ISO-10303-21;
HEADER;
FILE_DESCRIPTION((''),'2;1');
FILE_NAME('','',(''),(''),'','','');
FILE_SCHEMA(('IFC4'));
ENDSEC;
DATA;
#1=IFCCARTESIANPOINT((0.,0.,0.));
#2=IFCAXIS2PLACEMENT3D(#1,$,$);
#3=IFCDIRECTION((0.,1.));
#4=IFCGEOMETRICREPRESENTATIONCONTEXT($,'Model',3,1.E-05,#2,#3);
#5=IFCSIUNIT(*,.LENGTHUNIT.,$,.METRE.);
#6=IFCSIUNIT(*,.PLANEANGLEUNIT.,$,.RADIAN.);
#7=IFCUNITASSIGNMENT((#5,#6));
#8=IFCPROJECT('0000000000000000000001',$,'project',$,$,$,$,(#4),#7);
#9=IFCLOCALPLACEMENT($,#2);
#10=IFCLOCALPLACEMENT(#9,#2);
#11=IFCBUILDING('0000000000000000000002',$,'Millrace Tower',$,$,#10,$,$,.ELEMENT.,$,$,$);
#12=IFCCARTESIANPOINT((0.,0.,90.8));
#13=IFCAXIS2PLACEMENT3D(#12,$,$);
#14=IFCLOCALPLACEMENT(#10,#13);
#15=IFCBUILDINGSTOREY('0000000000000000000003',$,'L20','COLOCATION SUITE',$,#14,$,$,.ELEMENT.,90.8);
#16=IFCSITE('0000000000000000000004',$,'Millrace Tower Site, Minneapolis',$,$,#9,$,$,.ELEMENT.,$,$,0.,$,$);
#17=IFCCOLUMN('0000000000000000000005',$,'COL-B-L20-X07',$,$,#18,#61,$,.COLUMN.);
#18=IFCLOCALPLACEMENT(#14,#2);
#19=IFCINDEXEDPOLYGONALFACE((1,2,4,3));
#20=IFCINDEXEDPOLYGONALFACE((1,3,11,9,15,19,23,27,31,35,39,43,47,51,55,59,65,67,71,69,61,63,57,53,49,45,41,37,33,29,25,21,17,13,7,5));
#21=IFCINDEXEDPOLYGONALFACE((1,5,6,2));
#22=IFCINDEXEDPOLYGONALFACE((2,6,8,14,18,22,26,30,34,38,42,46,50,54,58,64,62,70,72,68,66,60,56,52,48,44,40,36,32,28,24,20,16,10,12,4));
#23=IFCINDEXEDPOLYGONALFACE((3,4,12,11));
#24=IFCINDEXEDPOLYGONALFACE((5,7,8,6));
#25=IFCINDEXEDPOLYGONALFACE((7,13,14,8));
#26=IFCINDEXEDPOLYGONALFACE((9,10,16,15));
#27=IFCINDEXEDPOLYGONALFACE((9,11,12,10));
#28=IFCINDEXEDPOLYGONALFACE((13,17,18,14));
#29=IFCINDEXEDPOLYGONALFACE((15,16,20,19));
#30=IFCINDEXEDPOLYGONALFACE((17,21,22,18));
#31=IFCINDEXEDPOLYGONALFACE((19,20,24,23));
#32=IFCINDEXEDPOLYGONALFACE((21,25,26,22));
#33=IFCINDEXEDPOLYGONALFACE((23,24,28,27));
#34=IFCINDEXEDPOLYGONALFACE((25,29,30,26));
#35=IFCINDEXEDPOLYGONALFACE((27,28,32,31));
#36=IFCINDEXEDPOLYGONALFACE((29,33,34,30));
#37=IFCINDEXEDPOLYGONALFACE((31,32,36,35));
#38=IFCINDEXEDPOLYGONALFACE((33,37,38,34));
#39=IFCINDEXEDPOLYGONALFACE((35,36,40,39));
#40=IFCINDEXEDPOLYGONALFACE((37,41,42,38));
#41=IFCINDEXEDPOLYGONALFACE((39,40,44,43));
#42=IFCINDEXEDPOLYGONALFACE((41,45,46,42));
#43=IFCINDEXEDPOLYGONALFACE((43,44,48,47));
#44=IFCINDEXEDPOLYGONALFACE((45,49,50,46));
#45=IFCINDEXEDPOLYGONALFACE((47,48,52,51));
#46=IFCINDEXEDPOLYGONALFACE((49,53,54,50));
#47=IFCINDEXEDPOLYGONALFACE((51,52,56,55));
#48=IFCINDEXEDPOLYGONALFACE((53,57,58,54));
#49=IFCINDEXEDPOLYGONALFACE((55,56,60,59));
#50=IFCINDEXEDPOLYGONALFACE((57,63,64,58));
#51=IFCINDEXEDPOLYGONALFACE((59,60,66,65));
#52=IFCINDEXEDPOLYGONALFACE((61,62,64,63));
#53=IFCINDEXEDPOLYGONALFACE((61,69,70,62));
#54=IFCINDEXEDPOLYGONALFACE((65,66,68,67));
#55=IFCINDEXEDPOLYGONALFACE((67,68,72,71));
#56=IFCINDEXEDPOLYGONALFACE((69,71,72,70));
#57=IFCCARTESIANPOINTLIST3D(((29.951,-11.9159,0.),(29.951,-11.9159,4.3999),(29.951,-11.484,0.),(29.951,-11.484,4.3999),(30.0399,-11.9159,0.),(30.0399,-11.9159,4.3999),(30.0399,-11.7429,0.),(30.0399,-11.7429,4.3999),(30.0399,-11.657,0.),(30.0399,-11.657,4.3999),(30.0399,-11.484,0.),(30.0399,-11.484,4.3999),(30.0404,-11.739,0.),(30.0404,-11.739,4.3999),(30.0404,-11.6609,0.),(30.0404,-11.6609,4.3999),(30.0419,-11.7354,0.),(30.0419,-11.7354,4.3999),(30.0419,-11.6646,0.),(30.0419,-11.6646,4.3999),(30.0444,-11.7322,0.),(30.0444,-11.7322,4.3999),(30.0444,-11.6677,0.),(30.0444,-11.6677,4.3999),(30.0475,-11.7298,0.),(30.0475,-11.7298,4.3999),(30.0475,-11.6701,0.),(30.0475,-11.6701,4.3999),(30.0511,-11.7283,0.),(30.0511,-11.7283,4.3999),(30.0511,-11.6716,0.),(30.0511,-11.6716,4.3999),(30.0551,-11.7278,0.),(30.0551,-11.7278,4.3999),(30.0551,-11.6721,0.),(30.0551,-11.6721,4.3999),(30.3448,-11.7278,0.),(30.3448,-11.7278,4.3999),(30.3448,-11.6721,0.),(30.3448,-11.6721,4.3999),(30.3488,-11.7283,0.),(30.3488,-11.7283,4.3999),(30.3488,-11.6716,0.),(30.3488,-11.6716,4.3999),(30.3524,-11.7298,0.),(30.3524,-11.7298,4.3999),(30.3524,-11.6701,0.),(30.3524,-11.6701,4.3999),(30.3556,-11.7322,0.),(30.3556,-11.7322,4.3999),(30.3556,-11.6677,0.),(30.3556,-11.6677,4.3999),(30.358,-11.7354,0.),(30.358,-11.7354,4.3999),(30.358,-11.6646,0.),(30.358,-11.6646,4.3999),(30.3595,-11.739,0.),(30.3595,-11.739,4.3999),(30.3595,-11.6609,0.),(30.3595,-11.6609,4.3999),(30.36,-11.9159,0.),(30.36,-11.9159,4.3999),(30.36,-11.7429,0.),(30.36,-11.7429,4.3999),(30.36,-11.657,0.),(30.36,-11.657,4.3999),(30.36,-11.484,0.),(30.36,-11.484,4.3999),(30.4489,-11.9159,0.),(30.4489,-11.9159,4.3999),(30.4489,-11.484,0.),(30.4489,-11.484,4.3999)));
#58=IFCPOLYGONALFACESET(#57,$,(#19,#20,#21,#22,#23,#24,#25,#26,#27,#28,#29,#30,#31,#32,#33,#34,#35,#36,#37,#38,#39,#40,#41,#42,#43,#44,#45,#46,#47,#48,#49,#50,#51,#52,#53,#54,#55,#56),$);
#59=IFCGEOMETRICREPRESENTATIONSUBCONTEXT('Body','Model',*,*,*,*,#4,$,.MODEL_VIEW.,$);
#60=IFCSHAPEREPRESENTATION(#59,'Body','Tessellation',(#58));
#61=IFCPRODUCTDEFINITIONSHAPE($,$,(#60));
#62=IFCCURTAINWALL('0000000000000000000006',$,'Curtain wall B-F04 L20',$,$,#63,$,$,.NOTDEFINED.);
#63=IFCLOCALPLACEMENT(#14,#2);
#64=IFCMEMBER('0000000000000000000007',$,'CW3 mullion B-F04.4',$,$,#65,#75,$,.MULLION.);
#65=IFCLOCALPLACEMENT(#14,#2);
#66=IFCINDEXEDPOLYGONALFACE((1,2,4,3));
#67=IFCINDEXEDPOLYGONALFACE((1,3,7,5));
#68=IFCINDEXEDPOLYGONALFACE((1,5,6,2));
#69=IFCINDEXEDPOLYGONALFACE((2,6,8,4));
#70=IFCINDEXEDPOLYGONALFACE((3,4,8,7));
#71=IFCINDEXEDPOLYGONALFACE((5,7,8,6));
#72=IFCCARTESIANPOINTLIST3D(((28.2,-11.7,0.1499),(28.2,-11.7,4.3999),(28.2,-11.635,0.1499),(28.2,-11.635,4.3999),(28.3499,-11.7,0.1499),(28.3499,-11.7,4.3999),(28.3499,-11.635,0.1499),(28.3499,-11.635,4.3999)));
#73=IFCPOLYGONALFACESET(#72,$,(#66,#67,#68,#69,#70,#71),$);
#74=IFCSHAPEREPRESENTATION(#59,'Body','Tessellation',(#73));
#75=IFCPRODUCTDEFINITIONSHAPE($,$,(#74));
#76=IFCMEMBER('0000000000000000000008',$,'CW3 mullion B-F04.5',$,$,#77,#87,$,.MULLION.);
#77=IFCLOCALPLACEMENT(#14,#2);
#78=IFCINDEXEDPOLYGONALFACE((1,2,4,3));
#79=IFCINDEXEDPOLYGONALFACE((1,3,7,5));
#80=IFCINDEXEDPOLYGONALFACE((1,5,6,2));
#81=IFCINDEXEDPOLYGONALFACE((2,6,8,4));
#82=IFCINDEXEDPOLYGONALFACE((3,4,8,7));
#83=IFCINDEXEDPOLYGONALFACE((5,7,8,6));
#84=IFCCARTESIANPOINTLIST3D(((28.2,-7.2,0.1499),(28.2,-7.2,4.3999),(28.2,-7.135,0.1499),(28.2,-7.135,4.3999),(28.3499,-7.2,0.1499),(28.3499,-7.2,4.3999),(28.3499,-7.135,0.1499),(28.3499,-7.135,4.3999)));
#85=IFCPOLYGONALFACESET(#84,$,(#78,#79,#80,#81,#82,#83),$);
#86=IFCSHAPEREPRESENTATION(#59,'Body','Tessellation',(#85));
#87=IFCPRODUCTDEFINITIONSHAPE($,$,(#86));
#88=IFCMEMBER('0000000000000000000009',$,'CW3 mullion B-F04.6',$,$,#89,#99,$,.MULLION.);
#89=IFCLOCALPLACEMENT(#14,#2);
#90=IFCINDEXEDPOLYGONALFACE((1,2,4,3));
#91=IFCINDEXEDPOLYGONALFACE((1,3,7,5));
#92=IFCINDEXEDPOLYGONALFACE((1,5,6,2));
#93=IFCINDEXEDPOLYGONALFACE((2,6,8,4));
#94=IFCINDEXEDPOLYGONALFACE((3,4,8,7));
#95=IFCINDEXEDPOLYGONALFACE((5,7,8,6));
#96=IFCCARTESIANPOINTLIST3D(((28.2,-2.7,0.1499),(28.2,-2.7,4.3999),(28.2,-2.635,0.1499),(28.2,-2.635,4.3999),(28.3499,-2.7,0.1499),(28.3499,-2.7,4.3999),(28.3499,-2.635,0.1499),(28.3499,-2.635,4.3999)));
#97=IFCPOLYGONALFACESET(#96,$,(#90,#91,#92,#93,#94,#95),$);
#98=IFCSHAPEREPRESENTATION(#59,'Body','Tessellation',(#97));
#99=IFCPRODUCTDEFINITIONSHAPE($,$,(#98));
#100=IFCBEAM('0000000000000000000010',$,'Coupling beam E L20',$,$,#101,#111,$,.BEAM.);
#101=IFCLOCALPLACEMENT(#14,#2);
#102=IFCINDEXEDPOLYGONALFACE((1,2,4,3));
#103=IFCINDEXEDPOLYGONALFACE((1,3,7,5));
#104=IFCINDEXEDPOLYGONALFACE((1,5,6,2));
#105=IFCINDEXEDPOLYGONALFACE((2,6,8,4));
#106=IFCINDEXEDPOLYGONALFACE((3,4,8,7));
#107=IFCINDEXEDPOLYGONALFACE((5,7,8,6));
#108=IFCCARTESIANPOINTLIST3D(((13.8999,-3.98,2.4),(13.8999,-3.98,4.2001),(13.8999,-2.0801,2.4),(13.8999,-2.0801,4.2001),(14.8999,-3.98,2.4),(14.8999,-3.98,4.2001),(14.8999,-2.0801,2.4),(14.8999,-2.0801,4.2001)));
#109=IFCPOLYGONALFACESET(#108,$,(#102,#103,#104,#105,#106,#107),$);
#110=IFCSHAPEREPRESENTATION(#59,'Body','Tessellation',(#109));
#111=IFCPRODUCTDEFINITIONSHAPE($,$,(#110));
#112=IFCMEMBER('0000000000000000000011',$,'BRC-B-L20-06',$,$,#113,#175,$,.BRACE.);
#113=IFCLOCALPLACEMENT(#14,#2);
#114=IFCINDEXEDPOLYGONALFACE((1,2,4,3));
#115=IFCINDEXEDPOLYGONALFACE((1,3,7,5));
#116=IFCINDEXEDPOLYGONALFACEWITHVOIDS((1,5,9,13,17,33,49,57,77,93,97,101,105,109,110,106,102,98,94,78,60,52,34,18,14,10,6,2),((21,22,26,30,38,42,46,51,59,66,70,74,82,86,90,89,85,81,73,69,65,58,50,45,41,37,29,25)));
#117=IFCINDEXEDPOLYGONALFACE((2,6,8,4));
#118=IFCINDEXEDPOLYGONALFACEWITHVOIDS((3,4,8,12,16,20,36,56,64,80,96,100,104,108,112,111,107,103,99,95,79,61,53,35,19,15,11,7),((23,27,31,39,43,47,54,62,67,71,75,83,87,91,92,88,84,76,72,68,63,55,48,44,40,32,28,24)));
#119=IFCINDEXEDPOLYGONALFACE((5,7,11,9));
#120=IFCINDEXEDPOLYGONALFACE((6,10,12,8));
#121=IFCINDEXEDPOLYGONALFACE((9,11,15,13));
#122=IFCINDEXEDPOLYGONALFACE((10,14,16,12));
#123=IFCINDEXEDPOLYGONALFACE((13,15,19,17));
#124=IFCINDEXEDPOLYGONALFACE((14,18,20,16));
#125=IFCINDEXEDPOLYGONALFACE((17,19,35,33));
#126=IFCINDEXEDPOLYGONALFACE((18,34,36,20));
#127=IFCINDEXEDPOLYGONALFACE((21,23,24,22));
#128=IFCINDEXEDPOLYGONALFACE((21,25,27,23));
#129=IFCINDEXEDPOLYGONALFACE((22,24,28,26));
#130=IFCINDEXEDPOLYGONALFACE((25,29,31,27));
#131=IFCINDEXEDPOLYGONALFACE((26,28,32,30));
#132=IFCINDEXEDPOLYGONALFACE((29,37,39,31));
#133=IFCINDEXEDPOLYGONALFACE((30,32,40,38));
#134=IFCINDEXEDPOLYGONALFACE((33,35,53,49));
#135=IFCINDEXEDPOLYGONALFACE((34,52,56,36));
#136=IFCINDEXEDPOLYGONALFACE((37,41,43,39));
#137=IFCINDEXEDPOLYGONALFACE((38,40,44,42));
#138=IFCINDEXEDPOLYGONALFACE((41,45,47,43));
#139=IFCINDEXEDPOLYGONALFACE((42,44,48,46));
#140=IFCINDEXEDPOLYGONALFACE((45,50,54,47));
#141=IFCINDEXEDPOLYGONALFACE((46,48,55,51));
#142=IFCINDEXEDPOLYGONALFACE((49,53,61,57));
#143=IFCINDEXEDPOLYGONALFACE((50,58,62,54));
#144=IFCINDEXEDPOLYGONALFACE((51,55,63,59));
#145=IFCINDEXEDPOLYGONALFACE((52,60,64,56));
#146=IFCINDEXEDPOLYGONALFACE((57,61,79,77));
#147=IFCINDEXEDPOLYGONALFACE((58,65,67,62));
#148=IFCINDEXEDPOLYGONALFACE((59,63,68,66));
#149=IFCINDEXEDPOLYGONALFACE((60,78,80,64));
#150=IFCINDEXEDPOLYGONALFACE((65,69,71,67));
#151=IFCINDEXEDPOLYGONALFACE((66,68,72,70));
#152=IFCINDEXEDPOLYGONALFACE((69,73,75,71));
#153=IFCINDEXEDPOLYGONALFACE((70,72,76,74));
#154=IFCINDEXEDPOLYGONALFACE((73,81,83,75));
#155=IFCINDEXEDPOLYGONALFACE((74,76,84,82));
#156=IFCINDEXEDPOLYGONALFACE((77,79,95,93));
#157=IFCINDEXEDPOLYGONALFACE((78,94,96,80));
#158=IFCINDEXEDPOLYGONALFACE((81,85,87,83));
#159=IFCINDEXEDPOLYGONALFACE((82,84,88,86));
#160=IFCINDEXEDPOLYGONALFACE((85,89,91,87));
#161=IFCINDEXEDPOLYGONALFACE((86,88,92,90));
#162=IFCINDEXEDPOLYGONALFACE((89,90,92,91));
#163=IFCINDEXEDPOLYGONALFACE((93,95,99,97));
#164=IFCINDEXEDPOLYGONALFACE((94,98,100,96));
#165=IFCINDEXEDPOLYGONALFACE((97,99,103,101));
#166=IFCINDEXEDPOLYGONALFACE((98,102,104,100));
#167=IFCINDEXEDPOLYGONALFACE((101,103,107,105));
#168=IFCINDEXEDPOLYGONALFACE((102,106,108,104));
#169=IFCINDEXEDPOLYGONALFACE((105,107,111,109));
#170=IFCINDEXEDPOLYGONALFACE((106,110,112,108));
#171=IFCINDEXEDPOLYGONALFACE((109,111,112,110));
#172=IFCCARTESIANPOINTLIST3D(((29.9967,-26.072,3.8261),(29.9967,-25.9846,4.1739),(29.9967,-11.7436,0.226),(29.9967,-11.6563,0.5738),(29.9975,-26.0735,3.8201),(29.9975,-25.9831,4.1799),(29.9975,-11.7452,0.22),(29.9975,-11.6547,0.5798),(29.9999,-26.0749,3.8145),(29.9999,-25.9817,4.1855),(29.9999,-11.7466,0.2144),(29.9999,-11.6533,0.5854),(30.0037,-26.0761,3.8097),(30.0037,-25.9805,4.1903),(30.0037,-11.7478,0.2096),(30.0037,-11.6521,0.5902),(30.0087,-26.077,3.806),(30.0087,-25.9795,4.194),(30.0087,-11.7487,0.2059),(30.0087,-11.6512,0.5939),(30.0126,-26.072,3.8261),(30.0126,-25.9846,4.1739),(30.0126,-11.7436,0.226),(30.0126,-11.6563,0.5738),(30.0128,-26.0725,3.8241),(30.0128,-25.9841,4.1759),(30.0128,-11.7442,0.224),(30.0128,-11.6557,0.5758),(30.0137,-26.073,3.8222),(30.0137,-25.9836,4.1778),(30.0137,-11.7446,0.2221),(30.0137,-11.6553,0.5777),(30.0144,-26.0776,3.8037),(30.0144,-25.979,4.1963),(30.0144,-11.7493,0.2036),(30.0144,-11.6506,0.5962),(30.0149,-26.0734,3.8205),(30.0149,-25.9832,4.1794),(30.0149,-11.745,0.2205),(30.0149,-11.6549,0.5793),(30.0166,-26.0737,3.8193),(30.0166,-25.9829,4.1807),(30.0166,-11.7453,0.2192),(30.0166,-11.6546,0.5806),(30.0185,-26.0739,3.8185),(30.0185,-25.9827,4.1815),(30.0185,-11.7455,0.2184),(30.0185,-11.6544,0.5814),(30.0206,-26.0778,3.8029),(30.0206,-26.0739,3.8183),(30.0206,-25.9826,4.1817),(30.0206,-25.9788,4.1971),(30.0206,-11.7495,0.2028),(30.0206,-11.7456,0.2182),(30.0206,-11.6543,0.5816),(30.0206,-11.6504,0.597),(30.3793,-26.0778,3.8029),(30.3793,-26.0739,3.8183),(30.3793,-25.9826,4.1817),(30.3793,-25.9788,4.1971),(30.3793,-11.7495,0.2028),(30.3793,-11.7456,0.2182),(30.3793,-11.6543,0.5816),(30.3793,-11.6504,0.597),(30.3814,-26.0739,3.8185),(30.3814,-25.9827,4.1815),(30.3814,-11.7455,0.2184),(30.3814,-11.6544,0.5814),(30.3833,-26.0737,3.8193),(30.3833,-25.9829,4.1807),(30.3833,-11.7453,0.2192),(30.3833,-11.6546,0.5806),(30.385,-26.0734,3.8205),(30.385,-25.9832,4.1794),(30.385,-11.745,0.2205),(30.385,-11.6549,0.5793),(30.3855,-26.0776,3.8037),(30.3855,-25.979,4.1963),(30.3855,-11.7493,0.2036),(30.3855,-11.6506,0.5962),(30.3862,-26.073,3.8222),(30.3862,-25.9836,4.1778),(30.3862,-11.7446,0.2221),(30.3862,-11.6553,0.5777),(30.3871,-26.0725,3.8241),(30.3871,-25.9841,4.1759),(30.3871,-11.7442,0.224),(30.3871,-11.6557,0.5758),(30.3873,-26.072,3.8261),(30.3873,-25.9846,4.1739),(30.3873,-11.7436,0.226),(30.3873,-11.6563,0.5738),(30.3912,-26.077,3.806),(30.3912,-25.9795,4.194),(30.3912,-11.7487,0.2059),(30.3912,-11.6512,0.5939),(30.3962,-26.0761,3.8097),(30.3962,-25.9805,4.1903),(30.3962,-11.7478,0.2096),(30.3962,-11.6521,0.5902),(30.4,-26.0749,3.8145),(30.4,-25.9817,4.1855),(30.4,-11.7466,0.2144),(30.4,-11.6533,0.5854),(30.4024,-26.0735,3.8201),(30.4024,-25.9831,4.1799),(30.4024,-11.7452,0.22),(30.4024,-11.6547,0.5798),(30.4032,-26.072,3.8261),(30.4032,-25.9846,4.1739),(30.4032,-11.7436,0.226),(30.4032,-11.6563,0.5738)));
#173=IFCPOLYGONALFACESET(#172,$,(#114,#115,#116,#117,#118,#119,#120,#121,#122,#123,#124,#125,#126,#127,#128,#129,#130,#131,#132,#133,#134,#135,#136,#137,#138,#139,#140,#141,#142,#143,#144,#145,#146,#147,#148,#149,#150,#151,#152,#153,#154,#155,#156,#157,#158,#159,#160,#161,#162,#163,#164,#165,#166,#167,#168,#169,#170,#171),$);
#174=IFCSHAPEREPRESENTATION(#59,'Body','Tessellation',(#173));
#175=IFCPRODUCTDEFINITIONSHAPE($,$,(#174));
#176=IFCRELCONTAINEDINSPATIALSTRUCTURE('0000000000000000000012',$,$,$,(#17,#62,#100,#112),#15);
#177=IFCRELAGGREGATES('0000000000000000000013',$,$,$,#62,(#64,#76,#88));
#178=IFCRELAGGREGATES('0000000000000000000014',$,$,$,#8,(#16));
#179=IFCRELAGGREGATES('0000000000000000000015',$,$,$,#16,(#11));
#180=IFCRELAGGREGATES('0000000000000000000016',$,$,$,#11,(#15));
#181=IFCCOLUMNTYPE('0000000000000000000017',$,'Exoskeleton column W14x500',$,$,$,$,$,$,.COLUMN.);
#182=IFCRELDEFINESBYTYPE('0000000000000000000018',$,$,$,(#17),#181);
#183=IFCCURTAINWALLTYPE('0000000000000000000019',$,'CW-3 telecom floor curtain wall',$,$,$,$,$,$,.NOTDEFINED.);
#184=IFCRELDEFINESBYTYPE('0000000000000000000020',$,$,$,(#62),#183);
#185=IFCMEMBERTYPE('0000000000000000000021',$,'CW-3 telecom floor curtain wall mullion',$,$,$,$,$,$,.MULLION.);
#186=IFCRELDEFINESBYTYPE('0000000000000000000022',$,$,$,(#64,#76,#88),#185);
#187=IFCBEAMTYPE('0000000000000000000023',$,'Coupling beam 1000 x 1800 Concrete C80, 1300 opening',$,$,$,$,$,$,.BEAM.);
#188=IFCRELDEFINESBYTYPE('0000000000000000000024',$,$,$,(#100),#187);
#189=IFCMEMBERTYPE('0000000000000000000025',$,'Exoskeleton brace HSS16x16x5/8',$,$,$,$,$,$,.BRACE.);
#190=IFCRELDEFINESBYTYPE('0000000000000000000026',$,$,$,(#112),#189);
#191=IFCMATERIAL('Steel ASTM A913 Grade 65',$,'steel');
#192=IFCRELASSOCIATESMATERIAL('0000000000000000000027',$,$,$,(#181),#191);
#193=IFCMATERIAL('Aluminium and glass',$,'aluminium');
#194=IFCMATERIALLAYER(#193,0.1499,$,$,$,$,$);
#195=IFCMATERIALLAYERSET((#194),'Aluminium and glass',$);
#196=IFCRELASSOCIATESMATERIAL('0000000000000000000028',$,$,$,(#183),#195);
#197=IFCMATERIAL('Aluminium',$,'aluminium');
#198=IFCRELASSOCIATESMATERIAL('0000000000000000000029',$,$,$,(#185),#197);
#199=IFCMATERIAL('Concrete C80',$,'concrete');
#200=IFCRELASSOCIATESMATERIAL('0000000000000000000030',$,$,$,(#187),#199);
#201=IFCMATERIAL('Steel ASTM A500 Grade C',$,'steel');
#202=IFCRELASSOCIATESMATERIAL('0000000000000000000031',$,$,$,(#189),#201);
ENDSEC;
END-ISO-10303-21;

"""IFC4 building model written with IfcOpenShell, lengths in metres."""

from ifc_helpers import new_model, si_unit, direction, frame, origin, origin_2d, place, context, subcontext, project, spatial, rectangle, hollow_rectangle, i_section, extrude, material, layer, layer_set, material_profile, profile_set, type_object, element, aggregate, save


model = new_model("IFC4")

# Units and contexts
model_context = context("Model", 3, precision=1e-05, world=origin(), true_north=direction((0.0, 1.0)))
body_context = subcontext(model_context, "Body", "Model", "MODEL_VIEW")
ifc_project = project(units=[si_unit("LENGTHUNIT", "METRE"), si_unit("PLANEANGLEUNIT", "RADIAN")], contexts=[model_context])

# Site, building, storey
site_placement = place(None, origin())
site = spatial("IfcSite", under=ifc_project, at=site_placement, Name="Millrace Tower Site, Minneapolis", CompositionType="ELEMENT", RefElevation=0.0)
building_placement = place(site_placement, origin())
building = spatial("IfcBuilding", under=site, at=building_placement, Name="Millrace Tower", CompositionType="ELEMENT")
storey_placement = place(building_placement, frame((0.0, 0.0, 90.8)))
storey = spatial("IfcBuildingStorey", under=building, at=storey_placement, Name="L20", Description="COLOCATION SUITE", CompositionType="ELEMENT", Elevation=90.8)

# Column
ifc_material_1 = material(Name="Steel ASTM A913 Grade 65", Category="steel")
ifc_material_profile_1 = material_profile(ifc_material_1, i_section(OverallWidth=0.4319, OverallDepth=0.4978, WebThickness=0.0557, FlangeThickness=0.0889, FilletRadius=0.0151, at=origin_2d()))
ifc_profile_set_1 = profile_set([ifc_material_profile_1], Name="Steel ASTM A913 Grade 65")
column_type = type_object("IfcColumnType", Name="Exoskeleton column W14x500", PredefinedType="COLUMN", material=ifc_profile_set_1)
column_placement = place(storey_placement, frame((30.2, -11.7, 0.0), z_axis=(0.0, 0.0, 1.0), x_axis=(0.0, 1.0, 0.0)))
element("IfcColumn", 1, at=column_placement, inside=storey, type_object=column_type, Name="COL-B-L20-X07", PredefinedType="COLUMN", context=body_context, shape_type="SweptSolid", body=[
    extrude(i_section(OverallWidth=0.4319, OverallDepth=0.4978, WebThickness=0.0557, FlangeThickness=0.0889, FilletRadius=0.0151, at=origin_2d()), origin(), (0.0, 0.0, 1.0), 4.3999),
])

# Curtain wall, members
ifc_material_2 = material(Name="Aluminium and glass", Category="aluminium")
ifc_layer_1 = layer(ifc_material_2, 0.1499)
ifc_layer_set_1 = layer_set([ifc_layer_1], Name="Aluminium and glass")
curtain_wall_type = type_object("IfcCurtainWallType", Name="CW-3 telecom floor curtain wall", PredefinedType="NOTDEFINED", material=ifc_layer_set_1)
placement = place(storey_placement, origin())
curtain_wall = element("IfcCurtainWall", 2, at=placement, inside=storey, type_object=curtain_wall_type, Name="Curtain wall B-F04 L20", PredefinedType="NOTDEFINED")
ifc_material_3 = material(Name="Aluminium", Category="aluminium")
ifc_material_profile_2 = material_profile(ifc_material_3, rectangle(XDim=0.0649, YDim=0.1499, at=origin_2d()))
ifc_profile_set_2 = profile_set([ifc_material_profile_2], Name="Aluminium")
member_type_1 = type_object("IfcMemberType", Name="CW-3 telecom floor curtain wall mullion", PredefinedType="MULLION", material=ifc_profile_set_2)
member_1_placement = place(storey_placement, frame((28.2749, -11.6675, 0.1499), z_axis=(0.0, 0.0, 1.0), x_axis=(0.0, 1.0, 0.0)))
member_1 = element("IfcMember", 3, at=member_1_placement, type_object=member_type_1, Name="CW3 mullion B-F04.4", PredefinedType="MULLION", context=body_context, shape_type="SweptSolid", body=[
    extrude(rectangle(XDim=0.0649, YDim=0.1499, at=origin_2d()), origin(), (0.0, 0.0, 1.0), 4.25),
])
member_2_placement = place(storey_placement, frame((28.2749, -7.1675, 0.1499), z_axis=(0.0, 0.0, 1.0), x_axis=(0.0, 1.0, 0.0)))
member_2 = element("IfcMember", 4, at=member_2_placement, type_object=member_type_1, Name="CW3 mullion B-F04.5", PredefinedType="MULLION", context=body_context, shape_type="SweptSolid", body=[
    extrude(rectangle(XDim=0.0649, YDim=0.1499, at=origin_2d()), origin(), (0.0, 0.0, 1.0), 4.25),
])
member_3_placement = place(storey_placement, frame((28.2749, -2.6675, 0.1499), z_axis=(0.0, 0.0, 1.0), x_axis=(0.0, 1.0, 0.0)))
member_3 = element("IfcMember", 5, at=member_3_placement, type_object=member_type_1, Name="CW3 mullion B-F04.6", PredefinedType="MULLION", context=body_context, shape_type="SweptSolid", body=[
    extrude(rectangle(XDim=0.0649, YDim=0.1499, at=origin_2d()), origin(), (0.0, 0.0, 1.0), 4.25),
])
aggregate(curtain_wall, [member_1, member_2, member_3])

# Beam
ifc_material_4 = material(Name="Concrete C80", Category="concrete")
ifc_material_profile_3 = material_profile(ifc_material_4, rectangle(XDim=1.0, YDim=1.8, at=origin_2d()))
ifc_profile_set_3 = profile_set([ifc_material_profile_3], Name="Concrete C80")
beam_type_1 = type_object("IfcBeamType", Name="Coupling beam 1000 x 1800 Concrete C80, 1300 opening", PredefinedType="BEAM", material=ifc_profile_set_3)
beam_1_placement = place(storey_placement, frame((14.3999, -2.0801, 3.3), z_axis=(0.0, -1.0, 0.0), x_axis=(1.0, 0.0, 0.0)))
element("IfcBeam", 6, at=beam_1_placement, inside=storey, type_object=beam_type_1, Name="Coupling beam E L20", PredefinedType="BEAM", context=body_context, shape_type="SweptSolid", body=[
    extrude(rectangle(XDim=1.0, YDim=1.8, at=origin_2d()), origin(), (0.0, 0.0, 1.0), 1.8999),
])

# Member
ifc_material_5 = material(Name="Steel ASTM A500 Grade C", Category="steel")
ifc_material_profile_4 = material_profile(ifc_material_5, hollow_rectangle(XDim=0.4065, YDim=0.4065, WallThickness=0.0159, InnerFilletRadius=0.0081, OuterFilletRadius=0.0239, at=origin_2d()))
ifc_profile_set_4 = profile_set([ifc_material_profile_4], Name="Steel ASTM A500 Grade C")
member_type_2 = type_object("IfcMemberType", Name="Exoskeleton brace HSS16x16x5/8", PredefinedType="BRACE", material=ifc_profile_set_4)
member_4_placement = place(storey_placement, frame((30.2, -11.7, 0.3999), z_axis=(0.0, -0.969855, 0.243683), x_axis=(1.0, 0.0, 0.0)))
element("IfcMember", 7, at=member_4_placement, inside=storey, type_object=member_type_2, Name="BRC-B-L20-06", PredefinedType="BRACE", context=body_context, shape_type="SweptSolid", body=[
    extrude(hollow_rectangle(XDim=0.4065, YDim=0.4065, WallThickness=0.0159, InnerFilletRadius=0.0081, OuterFilletRadius=0.0239, at=origin_2d()), origin(), (0.0, 0.0, 1.0), 14.7737),
])

save(model, "model.ifc")
